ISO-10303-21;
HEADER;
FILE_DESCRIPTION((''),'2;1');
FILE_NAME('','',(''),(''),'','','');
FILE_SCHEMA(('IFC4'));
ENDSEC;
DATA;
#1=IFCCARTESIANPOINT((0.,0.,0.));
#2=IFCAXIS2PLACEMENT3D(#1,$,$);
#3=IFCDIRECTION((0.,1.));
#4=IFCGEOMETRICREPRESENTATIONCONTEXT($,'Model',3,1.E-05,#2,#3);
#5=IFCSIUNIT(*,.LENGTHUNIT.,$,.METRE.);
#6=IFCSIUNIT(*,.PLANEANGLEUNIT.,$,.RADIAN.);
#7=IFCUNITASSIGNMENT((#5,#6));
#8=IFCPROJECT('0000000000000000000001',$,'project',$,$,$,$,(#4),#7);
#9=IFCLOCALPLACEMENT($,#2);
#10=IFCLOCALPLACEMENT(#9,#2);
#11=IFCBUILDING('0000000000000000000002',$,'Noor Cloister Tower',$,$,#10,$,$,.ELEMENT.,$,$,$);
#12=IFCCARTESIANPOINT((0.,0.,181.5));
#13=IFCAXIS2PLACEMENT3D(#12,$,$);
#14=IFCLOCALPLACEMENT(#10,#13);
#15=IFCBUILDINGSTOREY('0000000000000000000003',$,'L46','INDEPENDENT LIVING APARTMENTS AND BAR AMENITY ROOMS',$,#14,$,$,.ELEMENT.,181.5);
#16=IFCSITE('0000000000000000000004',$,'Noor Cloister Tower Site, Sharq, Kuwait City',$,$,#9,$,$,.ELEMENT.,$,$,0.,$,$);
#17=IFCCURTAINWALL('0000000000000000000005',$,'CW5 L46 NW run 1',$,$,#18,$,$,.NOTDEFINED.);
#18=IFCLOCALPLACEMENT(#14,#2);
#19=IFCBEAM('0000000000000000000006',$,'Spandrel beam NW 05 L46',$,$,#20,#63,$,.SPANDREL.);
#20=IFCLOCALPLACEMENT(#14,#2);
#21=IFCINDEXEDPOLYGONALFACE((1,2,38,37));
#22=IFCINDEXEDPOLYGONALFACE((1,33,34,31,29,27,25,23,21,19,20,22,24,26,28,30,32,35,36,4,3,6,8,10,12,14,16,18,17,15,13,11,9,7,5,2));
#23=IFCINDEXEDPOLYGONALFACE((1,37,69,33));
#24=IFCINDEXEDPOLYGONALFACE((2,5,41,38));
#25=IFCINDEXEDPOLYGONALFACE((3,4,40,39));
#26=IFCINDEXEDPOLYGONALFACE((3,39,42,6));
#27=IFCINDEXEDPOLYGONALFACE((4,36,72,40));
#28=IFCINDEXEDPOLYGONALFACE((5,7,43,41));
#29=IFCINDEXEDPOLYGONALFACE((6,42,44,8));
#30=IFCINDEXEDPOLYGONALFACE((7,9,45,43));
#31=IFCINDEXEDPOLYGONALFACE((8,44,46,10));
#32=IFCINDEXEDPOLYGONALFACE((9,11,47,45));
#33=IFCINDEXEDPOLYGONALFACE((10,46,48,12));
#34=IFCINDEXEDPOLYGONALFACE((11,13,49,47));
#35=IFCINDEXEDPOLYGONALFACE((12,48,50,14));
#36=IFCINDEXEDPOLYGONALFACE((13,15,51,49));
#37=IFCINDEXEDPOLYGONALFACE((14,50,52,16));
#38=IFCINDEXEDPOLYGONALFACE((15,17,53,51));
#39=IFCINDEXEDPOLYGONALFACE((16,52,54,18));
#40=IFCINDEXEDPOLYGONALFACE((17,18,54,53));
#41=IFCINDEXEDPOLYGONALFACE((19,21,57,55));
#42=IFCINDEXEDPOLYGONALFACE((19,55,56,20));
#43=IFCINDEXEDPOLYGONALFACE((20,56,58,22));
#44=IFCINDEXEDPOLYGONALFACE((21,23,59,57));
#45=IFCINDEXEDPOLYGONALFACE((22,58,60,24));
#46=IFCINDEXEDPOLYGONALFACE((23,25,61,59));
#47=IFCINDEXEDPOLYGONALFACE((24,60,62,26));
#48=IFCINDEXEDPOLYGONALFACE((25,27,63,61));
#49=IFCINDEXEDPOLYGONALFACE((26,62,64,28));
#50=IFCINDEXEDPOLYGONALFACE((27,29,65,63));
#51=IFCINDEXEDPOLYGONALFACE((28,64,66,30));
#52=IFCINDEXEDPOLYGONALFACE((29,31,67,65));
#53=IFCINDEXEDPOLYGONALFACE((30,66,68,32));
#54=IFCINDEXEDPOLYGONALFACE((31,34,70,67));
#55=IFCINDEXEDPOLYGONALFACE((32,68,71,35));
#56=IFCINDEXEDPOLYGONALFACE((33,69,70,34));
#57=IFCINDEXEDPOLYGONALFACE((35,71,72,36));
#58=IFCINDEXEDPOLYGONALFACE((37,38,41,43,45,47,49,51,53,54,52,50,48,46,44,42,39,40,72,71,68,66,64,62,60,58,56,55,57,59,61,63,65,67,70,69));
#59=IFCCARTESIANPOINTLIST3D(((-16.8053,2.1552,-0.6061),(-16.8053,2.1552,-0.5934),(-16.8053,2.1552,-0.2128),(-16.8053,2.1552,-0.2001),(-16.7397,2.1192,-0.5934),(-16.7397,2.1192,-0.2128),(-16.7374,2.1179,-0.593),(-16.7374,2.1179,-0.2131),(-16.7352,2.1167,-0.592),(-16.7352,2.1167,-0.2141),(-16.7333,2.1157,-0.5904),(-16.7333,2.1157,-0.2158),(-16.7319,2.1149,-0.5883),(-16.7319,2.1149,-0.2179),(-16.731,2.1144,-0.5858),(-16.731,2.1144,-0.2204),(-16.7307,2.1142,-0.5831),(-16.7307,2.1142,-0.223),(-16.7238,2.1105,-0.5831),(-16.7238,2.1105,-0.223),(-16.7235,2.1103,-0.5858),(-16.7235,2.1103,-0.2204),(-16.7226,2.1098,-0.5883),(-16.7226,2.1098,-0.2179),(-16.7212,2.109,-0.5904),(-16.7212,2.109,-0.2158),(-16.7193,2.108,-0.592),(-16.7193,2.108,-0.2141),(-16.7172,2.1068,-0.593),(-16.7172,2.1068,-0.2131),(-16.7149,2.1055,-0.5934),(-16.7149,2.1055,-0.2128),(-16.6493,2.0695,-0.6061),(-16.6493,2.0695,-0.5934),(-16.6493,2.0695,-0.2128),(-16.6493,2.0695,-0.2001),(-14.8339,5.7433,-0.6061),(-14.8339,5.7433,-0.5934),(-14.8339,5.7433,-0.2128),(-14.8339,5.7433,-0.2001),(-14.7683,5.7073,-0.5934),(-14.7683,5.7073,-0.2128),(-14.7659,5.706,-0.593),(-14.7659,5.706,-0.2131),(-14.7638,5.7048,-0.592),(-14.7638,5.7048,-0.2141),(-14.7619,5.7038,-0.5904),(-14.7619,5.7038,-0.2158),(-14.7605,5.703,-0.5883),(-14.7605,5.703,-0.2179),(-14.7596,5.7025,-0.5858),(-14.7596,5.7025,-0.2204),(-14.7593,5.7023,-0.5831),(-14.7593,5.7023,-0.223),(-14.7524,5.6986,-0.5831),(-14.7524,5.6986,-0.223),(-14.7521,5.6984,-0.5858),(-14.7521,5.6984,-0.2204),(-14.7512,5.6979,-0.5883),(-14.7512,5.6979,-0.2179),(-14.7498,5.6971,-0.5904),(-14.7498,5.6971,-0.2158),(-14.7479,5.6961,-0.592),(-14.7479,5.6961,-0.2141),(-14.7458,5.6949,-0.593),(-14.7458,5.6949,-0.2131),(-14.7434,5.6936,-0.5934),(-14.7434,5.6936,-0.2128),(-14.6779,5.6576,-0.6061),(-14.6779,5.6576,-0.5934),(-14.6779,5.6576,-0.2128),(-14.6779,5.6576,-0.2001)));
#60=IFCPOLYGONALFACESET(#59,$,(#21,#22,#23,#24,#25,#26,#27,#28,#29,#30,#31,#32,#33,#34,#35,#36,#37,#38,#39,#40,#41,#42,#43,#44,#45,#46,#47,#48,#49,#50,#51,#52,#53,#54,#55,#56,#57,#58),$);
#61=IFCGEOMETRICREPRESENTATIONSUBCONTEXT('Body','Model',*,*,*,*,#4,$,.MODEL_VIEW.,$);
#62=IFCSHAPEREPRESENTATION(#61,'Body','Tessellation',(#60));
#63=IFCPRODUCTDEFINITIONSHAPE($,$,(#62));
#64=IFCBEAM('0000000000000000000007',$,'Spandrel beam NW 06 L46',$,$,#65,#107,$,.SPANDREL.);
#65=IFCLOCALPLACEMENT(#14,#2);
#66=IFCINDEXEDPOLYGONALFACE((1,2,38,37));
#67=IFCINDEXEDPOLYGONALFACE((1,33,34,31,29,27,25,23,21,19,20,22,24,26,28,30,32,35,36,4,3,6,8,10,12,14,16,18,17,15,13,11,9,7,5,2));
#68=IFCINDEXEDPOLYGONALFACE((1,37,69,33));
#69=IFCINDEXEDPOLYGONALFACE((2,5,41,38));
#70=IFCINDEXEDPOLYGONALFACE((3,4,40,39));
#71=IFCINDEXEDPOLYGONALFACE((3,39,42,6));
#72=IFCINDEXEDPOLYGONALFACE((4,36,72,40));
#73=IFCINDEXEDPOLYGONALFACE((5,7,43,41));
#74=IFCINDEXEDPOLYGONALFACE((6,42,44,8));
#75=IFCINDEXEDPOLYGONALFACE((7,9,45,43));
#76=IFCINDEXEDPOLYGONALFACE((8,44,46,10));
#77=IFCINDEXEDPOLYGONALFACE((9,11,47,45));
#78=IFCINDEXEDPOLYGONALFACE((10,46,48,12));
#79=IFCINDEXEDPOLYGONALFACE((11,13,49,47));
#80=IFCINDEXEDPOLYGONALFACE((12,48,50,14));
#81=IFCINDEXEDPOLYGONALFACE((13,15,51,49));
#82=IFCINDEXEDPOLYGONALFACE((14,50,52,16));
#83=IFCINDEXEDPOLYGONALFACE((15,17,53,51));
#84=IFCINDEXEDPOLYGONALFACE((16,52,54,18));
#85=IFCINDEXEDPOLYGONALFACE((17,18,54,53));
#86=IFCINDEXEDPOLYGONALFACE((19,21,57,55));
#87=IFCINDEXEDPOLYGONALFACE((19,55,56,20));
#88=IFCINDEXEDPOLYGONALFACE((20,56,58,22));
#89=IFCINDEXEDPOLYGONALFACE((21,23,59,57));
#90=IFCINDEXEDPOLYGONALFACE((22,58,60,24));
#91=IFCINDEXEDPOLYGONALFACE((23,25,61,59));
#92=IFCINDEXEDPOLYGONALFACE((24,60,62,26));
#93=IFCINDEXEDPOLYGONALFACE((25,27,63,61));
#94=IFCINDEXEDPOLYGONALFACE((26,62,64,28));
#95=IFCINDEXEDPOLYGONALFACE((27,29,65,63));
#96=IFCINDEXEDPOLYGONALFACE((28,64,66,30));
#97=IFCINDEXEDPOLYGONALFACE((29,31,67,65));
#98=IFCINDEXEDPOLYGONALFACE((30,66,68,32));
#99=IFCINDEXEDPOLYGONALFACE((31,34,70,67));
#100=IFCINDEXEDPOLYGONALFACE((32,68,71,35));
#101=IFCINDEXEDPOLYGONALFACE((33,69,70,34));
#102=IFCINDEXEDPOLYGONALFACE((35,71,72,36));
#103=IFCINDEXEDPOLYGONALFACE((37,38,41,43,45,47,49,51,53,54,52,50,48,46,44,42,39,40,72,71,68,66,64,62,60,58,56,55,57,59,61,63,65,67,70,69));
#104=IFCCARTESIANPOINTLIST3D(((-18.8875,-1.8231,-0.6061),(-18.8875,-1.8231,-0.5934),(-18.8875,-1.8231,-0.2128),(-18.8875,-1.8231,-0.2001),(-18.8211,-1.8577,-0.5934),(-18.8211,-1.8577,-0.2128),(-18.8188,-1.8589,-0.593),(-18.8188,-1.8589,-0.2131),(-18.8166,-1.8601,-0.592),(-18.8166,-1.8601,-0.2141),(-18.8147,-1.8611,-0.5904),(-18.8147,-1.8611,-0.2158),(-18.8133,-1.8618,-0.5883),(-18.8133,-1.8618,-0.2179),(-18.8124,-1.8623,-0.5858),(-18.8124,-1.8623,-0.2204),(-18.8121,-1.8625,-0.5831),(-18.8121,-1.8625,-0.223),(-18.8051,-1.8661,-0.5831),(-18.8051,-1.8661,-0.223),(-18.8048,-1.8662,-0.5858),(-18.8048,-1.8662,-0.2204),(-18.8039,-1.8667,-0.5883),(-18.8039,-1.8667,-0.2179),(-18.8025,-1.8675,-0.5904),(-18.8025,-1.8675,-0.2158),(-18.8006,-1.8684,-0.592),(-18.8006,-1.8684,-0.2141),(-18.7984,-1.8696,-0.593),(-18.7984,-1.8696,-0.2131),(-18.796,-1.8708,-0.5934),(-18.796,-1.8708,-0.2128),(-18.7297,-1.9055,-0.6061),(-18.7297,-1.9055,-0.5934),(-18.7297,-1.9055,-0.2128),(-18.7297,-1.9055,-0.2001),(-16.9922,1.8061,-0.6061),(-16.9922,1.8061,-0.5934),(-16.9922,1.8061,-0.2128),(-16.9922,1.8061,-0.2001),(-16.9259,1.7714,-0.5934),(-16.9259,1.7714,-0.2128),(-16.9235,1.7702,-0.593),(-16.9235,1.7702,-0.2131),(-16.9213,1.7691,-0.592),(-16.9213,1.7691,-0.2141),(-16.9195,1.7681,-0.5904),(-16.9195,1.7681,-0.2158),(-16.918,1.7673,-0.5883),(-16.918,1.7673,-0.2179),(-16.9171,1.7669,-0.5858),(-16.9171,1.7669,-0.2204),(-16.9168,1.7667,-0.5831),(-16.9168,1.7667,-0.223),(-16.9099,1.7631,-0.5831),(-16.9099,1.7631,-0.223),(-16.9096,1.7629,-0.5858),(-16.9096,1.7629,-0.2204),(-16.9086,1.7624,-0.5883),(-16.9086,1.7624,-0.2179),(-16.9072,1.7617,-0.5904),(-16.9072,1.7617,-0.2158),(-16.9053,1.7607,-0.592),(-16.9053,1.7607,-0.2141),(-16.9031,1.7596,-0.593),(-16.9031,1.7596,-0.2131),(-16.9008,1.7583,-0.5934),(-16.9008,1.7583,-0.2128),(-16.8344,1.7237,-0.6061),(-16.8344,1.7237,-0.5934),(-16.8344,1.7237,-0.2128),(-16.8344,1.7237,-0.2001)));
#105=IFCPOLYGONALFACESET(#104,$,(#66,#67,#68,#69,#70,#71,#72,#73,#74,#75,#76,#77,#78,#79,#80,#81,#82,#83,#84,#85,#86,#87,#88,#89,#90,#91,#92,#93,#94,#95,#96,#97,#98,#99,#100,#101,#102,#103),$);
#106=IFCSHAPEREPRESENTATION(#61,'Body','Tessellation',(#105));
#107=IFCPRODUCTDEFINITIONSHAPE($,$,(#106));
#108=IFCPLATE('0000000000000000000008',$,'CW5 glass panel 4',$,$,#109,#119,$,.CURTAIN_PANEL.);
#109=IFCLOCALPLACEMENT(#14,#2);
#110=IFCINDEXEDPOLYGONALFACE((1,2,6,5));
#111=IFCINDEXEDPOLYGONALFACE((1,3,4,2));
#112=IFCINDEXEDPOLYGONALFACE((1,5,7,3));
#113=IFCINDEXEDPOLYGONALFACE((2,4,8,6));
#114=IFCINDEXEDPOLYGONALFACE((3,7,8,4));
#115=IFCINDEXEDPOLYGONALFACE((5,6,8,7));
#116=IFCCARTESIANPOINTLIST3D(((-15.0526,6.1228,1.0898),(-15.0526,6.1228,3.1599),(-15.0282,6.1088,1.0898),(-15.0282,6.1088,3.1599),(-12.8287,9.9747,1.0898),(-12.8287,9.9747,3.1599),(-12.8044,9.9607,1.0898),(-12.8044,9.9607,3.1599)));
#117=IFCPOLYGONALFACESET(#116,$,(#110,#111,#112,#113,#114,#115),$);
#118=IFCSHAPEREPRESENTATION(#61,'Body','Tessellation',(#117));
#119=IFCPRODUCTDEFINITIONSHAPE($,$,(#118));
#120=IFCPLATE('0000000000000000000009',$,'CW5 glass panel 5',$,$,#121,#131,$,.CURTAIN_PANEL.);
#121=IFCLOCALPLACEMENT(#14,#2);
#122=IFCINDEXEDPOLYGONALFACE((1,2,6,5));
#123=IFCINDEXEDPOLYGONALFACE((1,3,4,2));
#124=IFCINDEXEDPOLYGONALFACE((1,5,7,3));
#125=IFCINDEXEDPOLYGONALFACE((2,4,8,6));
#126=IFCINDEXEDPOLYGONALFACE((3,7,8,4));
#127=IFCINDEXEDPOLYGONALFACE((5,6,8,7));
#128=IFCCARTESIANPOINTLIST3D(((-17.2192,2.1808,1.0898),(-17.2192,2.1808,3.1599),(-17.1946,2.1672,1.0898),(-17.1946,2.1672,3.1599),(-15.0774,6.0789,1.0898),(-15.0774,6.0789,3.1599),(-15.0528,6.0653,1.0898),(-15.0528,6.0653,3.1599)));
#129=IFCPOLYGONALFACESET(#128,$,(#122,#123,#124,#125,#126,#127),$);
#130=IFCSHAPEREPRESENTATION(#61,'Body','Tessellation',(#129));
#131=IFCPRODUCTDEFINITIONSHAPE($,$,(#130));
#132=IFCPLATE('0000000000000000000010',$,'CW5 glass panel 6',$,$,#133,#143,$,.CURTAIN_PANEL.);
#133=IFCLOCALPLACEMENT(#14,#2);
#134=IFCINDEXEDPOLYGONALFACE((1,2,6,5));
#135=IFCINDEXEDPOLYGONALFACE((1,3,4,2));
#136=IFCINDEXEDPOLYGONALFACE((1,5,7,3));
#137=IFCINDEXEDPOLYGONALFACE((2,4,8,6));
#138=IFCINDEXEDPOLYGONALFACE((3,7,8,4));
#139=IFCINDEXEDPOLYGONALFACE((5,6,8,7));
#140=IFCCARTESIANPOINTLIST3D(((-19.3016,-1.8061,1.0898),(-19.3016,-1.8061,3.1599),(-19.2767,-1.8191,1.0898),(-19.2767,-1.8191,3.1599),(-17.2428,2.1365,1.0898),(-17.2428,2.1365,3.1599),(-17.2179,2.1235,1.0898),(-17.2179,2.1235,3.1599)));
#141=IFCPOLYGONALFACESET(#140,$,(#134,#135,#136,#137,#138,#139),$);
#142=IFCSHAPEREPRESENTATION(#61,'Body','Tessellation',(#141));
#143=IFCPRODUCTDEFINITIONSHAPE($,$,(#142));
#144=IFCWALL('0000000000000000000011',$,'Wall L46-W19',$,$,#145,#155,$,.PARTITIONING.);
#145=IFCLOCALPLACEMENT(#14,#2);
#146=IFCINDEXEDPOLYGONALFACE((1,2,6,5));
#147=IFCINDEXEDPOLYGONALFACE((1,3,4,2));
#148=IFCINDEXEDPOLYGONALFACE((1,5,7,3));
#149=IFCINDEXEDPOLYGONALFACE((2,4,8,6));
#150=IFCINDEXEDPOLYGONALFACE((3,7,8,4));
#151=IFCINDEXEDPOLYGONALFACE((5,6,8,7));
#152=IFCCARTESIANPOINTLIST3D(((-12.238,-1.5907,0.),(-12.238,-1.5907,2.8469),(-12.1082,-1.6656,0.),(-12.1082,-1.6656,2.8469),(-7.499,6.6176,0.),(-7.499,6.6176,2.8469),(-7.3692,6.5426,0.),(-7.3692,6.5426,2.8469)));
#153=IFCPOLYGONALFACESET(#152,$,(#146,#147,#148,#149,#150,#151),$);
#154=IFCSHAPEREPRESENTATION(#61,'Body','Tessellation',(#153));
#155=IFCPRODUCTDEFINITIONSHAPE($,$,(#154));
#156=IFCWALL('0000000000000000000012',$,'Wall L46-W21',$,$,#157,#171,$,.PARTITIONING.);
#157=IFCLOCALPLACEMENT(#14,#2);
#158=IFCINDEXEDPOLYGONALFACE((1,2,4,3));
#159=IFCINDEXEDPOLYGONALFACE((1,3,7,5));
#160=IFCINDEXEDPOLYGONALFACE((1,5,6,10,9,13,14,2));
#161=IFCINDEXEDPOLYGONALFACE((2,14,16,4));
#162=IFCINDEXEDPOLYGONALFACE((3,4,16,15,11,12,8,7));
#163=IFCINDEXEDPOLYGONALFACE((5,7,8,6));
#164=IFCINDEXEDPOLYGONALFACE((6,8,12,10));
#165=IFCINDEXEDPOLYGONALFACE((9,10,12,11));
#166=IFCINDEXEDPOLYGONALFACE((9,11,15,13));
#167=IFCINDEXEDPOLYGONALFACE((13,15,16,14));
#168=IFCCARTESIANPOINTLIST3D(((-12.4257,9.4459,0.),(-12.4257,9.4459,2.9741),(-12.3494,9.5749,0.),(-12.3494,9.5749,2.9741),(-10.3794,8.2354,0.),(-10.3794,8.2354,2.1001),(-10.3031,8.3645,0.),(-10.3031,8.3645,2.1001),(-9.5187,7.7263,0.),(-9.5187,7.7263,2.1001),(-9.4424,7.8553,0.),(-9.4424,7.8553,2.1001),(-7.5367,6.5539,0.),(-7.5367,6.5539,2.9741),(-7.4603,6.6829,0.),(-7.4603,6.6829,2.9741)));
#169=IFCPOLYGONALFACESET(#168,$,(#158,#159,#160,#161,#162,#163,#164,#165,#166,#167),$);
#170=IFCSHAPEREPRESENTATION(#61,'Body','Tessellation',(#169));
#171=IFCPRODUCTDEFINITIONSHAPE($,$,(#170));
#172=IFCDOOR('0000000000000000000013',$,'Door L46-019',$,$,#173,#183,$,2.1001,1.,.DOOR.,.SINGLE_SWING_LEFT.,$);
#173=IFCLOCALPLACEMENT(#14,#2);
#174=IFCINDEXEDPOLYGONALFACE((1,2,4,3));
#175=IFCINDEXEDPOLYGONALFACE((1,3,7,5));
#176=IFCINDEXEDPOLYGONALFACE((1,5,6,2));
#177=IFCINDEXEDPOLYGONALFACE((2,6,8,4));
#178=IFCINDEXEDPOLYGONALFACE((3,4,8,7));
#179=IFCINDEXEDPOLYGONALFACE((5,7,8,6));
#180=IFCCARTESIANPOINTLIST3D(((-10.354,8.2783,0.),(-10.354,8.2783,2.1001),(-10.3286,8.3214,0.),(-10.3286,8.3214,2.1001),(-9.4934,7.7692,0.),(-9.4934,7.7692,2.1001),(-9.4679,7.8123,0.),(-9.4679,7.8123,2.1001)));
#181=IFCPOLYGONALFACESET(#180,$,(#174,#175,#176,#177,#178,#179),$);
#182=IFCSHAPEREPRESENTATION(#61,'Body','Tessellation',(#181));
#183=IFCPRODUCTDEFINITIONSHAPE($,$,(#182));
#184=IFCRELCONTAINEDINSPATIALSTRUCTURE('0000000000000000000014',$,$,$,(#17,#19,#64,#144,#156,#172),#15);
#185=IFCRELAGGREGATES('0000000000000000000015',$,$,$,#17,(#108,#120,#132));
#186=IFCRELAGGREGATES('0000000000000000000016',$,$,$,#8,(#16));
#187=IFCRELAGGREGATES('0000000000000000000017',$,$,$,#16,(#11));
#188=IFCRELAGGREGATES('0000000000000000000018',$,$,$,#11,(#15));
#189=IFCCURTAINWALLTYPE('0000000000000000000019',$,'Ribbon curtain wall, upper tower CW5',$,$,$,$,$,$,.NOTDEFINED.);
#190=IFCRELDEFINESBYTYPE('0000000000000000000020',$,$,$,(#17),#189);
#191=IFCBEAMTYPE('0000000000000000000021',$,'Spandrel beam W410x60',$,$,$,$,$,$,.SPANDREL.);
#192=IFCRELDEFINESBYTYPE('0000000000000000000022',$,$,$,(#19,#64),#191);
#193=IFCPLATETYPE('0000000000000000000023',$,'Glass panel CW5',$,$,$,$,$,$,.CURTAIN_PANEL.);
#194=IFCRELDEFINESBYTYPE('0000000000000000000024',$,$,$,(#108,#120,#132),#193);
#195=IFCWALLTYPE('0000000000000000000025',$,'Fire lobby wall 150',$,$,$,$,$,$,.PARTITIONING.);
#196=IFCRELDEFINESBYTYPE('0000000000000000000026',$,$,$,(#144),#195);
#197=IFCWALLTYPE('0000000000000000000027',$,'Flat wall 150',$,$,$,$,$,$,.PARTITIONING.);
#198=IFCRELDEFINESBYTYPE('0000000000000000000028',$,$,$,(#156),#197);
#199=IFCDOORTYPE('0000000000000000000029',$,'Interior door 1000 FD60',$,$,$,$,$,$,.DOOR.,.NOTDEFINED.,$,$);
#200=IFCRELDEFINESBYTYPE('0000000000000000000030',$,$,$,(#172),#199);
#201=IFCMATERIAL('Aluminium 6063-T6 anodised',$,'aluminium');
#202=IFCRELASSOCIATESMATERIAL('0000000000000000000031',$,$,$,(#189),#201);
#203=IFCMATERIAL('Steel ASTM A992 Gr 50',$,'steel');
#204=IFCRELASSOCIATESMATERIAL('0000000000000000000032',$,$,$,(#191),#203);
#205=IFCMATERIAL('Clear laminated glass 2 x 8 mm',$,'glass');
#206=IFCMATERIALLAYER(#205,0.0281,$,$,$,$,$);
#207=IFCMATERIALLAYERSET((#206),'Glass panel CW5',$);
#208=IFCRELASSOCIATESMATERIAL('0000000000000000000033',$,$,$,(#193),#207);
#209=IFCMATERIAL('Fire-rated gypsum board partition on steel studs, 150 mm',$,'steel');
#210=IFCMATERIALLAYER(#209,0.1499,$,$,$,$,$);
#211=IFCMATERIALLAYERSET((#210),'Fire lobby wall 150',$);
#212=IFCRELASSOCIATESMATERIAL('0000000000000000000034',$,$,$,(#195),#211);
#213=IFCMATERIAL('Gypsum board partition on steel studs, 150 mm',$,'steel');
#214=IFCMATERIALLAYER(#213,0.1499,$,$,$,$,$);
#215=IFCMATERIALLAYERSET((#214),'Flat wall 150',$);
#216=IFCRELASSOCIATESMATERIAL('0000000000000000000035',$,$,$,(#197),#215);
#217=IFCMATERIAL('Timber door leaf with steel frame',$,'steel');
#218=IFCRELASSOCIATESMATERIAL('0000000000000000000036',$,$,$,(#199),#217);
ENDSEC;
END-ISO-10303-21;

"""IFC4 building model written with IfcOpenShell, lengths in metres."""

from ifc_helpers import new_model, si_unit, direction, frame, frame_2d, origin, origin_2d, place, context, subcontext, project, spatial, rectangle, i_section, extrude, material, layer, layer_set, material_profile, profile_set, type_object, element, fill, aggregate, save


model = new_model("IFC4")

# Units and contexts
model_context = context("Model", 3, precision=1e-05, world=origin(), true_north=direction((0.0, 1.0)))
body_context = subcontext(model_context, "Body", "Model", "MODEL_VIEW")
ifc_project = project(units=[si_unit("LENGTHUNIT", "METRE"), si_unit("PLANEANGLEUNIT", "RADIAN")], contexts=[model_context])

# Site, building, storey
site_placement = place(None, origin())
site = spatial("IfcSite", under=ifc_project, at=site_placement, Name="Noor Cloister Tower Site, Sharq, Kuwait City", CompositionType="ELEMENT", RefElevation=0.0)
building_placement = place(site_placement, origin())
building = spatial("IfcBuilding", under=site, at=building_placement, Name="Noor Cloister Tower", CompositionType="ELEMENT")
storey_placement = place(building_placement, frame((0.0, 0.0, 181.5)))
storey = spatial("IfcBuildingStorey", under=building, at=storey_placement, Name="L46", Description="INDEPENDENT LIVING APARTMENTS AND BAR AMENITY ROOMS", CompositionType="ELEMENT", Elevation=181.5)

# Curtain wall
ifc_material_1 = material(Name="Aluminium 6063-T6 anodised", Category="aluminium")
curtain_wall_type = type_object("IfcCurtainWallType", Name="Ribbon curtain wall, upper tower CW5", PredefinedType="NOTDEFINED", material=ifc_material_1)
curtain_wall_placement = place(storey_placement, origin())
curtain_wall = element("IfcCurtainWall", 1, at=curtain_wall_placement, inside=storey, type_object=curtain_wall_type, Name="CW5 L46 NW run 1", PredefinedType="NOTDEFINED")

# Beams
ifc_material_2 = material(Name="Steel ASTM A992 Gr 50", Category="steel")
ifc_material_profile_1 = material_profile(ifc_material_2, i_section(OverallWidth=0.178, OverallDepth=0.406, WebThickness=0.0078, FlangeThickness=0.0127, FilletRadius=0.0103, at=origin_2d()), Name="W410x60")
ifc_profile_set_1 = profile_set([ifc_material_profile_1], Name="Steel ASTM A992 Gr 50")
beam_type_1 = type_object("IfcBeamType", Name="Spandrel beam W410x60", PredefinedType="SPANDREL", material=ifc_profile_set_1)
beam_1_placement = place(storey_placement, frame((-14.7559, 5.7004, -0.4031), z_axis=(-0.481536, -0.876426, 0.0), x_axis=(0.876426, -0.481536, 0.0)))
element("IfcBeam", 2, at=beam_1_placement, inside=storey, type_object=beam_type_1, Name="Spandrel beam NW 05 L46", PredefinedType="SPANDREL", context=body_context, shape_type="SweptSolid", body=[
    extrude(i_section(OverallWidth=0.178, OverallDepth=0.406, WebThickness=0.0078, FlangeThickness=0.0127, FilletRadius=0.0103, at=origin_2d()), origin(), (0.0, 0.0, 1.0), 4.094),
])
beam_2_placement = place(storey_placement, frame((-16.9133, 1.7649, -0.4031), z_axis=(-0.46291, -0.886405, 0.0), x_axis=(0.886405, -0.46291, 0.0)))
element("IfcBeam", 3, at=beam_2_placement, inside=storey, type_object=beam_type_1, Name="Spandrel beam NW 06 L46", PredefinedType="SPANDREL", context=body_context, shape_type="SweptSolid", body=[
    extrude(i_section(OverallWidth=0.178, OverallDepth=0.406, WebThickness=0.0078, FlangeThickness=0.0127, FilletRadius=0.0103, at=origin_2d()), origin(), (0.0, 0.0, 1.0), 4.0942),
])

# Plates
ifc_material_3 = material(Name="Clear laminated glass 2 x 8 mm", Category="glass")
ifc_layer_1 = layer(ifc_material_3, 0.0281)
ifc_layer_set_1 = layer_set([ifc_layer_1], Name="Glass panel CW5")
plate_type = type_object("IfcPlateType", Name="Glass panel CW5", PredefinedType="CURTAIN_PANEL", material=ifc_layer_set_1)
plate_1_placement = place(storey_placement, frame((-13.9285, 8.0417, 1.0898), z_axis=(0.0, 0.0, 1.0), x_axis=(-0.5, -0.866025, 0.0)))
plate_1 = element("IfcPlate", 4, at=plate_1_placement, type_object=plate_type, Name="CW5 glass panel 4", PredefinedType="CURTAIN_PANEL", context=body_context, shape_type="SweptSolid", body=[
    extrude(rectangle(XDim=4.4478, YDim=0.0281, at=origin_2d()), origin(), (0.0, 0.0, 1.0), 2.0701),
])
plate_2_placement = place(storey_placement, frame((-16.136, 4.123, 1.0898), z_axis=(0.0, 0.0, 1.0), x_axis=(-0.481545, -0.876421, 0.0)))
plate_2 = element("IfcPlate", 5, at=plate_2_placement, type_object=plate_type, Name="CW5 glass panel 5", PredefinedType="CURTAIN_PANEL", context=body_context, shape_type="SweptSolid", body=[
    extrude(rectangle(XDim=4.4478, YDim=0.0281, at=origin_2d()), origin(), (0.0, 0.0, 1.0), 2.0701),
])
plate_3_placement = place(storey_placement, frame((-18.2598, 0.1587, 1.0898), z_axis=(0.0, 0.0, 1.0), x_axis=(-0.462875, -0.886424, 0.0)))
plate_3 = element("IfcPlate", 6, at=plate_3_placement, type_object=plate_type, Name="CW5 glass panel 6", PredefinedType="CURTAIN_PANEL", context=body_context, shape_type="SweptSolid", body=[
    extrude(rectangle(XDim=4.4478, YDim=0.0281, at=origin_2d()), origin(), (0.0, 0.0, 1.0), 2.0701),
])
aggregate(curtain_wall, [plate_1, plate_2, plate_3])

# Wall
ifc_material_4 = material(Name="Fire-rated gypsum board partition on steel studs, 150 mm", Category="steel")
ifc_layer_2 = layer(ifc_material_4, 0.1499)
ifc_layer_set_2 = layer_set([ifc_layer_2], Name="Fire lobby wall 150")
wall_type_1 = type_object("IfcWallType", Name="Fire lobby wall 150", PredefinedType="PARTITIONING", material=ifc_layer_set_2)
wall_1_placement = place(storey_placement, frame((-7.4341, 6.5801, 0.0), z_axis=(0.0, 0.0, 1.0), x_axis=(-0.499998, -0.866026, 0.0)))
element("IfcWall", 7, at=wall_1_placement, inside=storey, type_object=wall_type_1, Name="Wall L46-W19", PredefinedType="PARTITIONING", context=body_context, shape_type="SweptSolid", body=[
    extrude(rectangle(XDim=9.478, YDim=0.1499, at=frame_2d((4.739, 0.0))), origin(), (0.0, 0.0, 1.0), 2.8469),
])

# Wall, opening, door
ifc_material_5 = material(Name="Gypsum board partition on steel studs, 150 mm", Category="steel")
ifc_layer_3 = layer(ifc_material_5, 0.1499)
ifc_layer_set_3 = layer_set([ifc_layer_3], Name="Flat wall 150")
wall_type_2 = type_object("IfcWallType", Name="Flat wall 150", PredefinedType="PARTITIONING", material=ifc_layer_set_3)
wall_2_placement = place(storey_placement, frame((-12.3877, 9.5105, 0.0), z_axis=(0.0, 0.0, 1.0), x_axis=(0.860692, -0.509126, 0.0)))
wall_2 = element("IfcWall", 8, at=wall_2_placement, inside=storey, type_object=wall_type_2, Name="Wall L46-W21", PredefinedType="PARTITIONING", context=body_context, shape_type="SweptSolid", body=[
    extrude(rectangle(XDim=5.6804, YDim=0.1499, at=frame_2d((2.8403, 0.0))), origin(), (0.0, 0.0, 1.0), 2.9741),
])
opening_placement = place(wall_2_placement, frame((2.3777, 0.0, 0.0)))
opening = element("IfcOpeningElement", 9, at=opening_placement, cuts=wall_2, PredefinedType="OPENING", context=body_context, shape_type="SweptSolid", body=[
    extrude(rectangle(XDim=1.0, YDim=2.1001, at=frame_2d((0.5, 1.05))), frame((0.0, 0.085, 0.0), z_axis=(0.0, -1.0, 0.0), x_axis=(1.0, 0.0, 0.0)), (0.0, 0.0, 1.0), 0.1699),
])
ifc_material_6 = material(Name="Timber door leaf with steel frame", Category="steel")
door_type = type_object("IfcDoorType", Name="Interior door 1000 FD60", OperationType="NOTDEFINED", PredefinedType="DOOR", material=ifc_material_6)
door_placement = place(opening_placement, origin())
door = element("IfcDoor", 10, at=door_placement, inside=storey, type_object=door_type, Name="Door L46-019", OperationType="SINGLE_SWING_LEFT", OverallHeight=2.1001, OverallWidth=1.0, PredefinedType="DOOR", context=body_context, shape_type="SweptSolid", body=[
    extrude(rectangle(XDim=1.0, YDim=2.1001, at=frame_2d((0.5, 1.05))), frame((0.0, 0.0249, 0.0), z_axis=(0.0, -1.0, 0.0), x_axis=(1.0, 0.0, 0.0)), (0.0, 0.0, 1.0), 0.05),
])
fill(opening, door)

save(model, "model.ifc")
